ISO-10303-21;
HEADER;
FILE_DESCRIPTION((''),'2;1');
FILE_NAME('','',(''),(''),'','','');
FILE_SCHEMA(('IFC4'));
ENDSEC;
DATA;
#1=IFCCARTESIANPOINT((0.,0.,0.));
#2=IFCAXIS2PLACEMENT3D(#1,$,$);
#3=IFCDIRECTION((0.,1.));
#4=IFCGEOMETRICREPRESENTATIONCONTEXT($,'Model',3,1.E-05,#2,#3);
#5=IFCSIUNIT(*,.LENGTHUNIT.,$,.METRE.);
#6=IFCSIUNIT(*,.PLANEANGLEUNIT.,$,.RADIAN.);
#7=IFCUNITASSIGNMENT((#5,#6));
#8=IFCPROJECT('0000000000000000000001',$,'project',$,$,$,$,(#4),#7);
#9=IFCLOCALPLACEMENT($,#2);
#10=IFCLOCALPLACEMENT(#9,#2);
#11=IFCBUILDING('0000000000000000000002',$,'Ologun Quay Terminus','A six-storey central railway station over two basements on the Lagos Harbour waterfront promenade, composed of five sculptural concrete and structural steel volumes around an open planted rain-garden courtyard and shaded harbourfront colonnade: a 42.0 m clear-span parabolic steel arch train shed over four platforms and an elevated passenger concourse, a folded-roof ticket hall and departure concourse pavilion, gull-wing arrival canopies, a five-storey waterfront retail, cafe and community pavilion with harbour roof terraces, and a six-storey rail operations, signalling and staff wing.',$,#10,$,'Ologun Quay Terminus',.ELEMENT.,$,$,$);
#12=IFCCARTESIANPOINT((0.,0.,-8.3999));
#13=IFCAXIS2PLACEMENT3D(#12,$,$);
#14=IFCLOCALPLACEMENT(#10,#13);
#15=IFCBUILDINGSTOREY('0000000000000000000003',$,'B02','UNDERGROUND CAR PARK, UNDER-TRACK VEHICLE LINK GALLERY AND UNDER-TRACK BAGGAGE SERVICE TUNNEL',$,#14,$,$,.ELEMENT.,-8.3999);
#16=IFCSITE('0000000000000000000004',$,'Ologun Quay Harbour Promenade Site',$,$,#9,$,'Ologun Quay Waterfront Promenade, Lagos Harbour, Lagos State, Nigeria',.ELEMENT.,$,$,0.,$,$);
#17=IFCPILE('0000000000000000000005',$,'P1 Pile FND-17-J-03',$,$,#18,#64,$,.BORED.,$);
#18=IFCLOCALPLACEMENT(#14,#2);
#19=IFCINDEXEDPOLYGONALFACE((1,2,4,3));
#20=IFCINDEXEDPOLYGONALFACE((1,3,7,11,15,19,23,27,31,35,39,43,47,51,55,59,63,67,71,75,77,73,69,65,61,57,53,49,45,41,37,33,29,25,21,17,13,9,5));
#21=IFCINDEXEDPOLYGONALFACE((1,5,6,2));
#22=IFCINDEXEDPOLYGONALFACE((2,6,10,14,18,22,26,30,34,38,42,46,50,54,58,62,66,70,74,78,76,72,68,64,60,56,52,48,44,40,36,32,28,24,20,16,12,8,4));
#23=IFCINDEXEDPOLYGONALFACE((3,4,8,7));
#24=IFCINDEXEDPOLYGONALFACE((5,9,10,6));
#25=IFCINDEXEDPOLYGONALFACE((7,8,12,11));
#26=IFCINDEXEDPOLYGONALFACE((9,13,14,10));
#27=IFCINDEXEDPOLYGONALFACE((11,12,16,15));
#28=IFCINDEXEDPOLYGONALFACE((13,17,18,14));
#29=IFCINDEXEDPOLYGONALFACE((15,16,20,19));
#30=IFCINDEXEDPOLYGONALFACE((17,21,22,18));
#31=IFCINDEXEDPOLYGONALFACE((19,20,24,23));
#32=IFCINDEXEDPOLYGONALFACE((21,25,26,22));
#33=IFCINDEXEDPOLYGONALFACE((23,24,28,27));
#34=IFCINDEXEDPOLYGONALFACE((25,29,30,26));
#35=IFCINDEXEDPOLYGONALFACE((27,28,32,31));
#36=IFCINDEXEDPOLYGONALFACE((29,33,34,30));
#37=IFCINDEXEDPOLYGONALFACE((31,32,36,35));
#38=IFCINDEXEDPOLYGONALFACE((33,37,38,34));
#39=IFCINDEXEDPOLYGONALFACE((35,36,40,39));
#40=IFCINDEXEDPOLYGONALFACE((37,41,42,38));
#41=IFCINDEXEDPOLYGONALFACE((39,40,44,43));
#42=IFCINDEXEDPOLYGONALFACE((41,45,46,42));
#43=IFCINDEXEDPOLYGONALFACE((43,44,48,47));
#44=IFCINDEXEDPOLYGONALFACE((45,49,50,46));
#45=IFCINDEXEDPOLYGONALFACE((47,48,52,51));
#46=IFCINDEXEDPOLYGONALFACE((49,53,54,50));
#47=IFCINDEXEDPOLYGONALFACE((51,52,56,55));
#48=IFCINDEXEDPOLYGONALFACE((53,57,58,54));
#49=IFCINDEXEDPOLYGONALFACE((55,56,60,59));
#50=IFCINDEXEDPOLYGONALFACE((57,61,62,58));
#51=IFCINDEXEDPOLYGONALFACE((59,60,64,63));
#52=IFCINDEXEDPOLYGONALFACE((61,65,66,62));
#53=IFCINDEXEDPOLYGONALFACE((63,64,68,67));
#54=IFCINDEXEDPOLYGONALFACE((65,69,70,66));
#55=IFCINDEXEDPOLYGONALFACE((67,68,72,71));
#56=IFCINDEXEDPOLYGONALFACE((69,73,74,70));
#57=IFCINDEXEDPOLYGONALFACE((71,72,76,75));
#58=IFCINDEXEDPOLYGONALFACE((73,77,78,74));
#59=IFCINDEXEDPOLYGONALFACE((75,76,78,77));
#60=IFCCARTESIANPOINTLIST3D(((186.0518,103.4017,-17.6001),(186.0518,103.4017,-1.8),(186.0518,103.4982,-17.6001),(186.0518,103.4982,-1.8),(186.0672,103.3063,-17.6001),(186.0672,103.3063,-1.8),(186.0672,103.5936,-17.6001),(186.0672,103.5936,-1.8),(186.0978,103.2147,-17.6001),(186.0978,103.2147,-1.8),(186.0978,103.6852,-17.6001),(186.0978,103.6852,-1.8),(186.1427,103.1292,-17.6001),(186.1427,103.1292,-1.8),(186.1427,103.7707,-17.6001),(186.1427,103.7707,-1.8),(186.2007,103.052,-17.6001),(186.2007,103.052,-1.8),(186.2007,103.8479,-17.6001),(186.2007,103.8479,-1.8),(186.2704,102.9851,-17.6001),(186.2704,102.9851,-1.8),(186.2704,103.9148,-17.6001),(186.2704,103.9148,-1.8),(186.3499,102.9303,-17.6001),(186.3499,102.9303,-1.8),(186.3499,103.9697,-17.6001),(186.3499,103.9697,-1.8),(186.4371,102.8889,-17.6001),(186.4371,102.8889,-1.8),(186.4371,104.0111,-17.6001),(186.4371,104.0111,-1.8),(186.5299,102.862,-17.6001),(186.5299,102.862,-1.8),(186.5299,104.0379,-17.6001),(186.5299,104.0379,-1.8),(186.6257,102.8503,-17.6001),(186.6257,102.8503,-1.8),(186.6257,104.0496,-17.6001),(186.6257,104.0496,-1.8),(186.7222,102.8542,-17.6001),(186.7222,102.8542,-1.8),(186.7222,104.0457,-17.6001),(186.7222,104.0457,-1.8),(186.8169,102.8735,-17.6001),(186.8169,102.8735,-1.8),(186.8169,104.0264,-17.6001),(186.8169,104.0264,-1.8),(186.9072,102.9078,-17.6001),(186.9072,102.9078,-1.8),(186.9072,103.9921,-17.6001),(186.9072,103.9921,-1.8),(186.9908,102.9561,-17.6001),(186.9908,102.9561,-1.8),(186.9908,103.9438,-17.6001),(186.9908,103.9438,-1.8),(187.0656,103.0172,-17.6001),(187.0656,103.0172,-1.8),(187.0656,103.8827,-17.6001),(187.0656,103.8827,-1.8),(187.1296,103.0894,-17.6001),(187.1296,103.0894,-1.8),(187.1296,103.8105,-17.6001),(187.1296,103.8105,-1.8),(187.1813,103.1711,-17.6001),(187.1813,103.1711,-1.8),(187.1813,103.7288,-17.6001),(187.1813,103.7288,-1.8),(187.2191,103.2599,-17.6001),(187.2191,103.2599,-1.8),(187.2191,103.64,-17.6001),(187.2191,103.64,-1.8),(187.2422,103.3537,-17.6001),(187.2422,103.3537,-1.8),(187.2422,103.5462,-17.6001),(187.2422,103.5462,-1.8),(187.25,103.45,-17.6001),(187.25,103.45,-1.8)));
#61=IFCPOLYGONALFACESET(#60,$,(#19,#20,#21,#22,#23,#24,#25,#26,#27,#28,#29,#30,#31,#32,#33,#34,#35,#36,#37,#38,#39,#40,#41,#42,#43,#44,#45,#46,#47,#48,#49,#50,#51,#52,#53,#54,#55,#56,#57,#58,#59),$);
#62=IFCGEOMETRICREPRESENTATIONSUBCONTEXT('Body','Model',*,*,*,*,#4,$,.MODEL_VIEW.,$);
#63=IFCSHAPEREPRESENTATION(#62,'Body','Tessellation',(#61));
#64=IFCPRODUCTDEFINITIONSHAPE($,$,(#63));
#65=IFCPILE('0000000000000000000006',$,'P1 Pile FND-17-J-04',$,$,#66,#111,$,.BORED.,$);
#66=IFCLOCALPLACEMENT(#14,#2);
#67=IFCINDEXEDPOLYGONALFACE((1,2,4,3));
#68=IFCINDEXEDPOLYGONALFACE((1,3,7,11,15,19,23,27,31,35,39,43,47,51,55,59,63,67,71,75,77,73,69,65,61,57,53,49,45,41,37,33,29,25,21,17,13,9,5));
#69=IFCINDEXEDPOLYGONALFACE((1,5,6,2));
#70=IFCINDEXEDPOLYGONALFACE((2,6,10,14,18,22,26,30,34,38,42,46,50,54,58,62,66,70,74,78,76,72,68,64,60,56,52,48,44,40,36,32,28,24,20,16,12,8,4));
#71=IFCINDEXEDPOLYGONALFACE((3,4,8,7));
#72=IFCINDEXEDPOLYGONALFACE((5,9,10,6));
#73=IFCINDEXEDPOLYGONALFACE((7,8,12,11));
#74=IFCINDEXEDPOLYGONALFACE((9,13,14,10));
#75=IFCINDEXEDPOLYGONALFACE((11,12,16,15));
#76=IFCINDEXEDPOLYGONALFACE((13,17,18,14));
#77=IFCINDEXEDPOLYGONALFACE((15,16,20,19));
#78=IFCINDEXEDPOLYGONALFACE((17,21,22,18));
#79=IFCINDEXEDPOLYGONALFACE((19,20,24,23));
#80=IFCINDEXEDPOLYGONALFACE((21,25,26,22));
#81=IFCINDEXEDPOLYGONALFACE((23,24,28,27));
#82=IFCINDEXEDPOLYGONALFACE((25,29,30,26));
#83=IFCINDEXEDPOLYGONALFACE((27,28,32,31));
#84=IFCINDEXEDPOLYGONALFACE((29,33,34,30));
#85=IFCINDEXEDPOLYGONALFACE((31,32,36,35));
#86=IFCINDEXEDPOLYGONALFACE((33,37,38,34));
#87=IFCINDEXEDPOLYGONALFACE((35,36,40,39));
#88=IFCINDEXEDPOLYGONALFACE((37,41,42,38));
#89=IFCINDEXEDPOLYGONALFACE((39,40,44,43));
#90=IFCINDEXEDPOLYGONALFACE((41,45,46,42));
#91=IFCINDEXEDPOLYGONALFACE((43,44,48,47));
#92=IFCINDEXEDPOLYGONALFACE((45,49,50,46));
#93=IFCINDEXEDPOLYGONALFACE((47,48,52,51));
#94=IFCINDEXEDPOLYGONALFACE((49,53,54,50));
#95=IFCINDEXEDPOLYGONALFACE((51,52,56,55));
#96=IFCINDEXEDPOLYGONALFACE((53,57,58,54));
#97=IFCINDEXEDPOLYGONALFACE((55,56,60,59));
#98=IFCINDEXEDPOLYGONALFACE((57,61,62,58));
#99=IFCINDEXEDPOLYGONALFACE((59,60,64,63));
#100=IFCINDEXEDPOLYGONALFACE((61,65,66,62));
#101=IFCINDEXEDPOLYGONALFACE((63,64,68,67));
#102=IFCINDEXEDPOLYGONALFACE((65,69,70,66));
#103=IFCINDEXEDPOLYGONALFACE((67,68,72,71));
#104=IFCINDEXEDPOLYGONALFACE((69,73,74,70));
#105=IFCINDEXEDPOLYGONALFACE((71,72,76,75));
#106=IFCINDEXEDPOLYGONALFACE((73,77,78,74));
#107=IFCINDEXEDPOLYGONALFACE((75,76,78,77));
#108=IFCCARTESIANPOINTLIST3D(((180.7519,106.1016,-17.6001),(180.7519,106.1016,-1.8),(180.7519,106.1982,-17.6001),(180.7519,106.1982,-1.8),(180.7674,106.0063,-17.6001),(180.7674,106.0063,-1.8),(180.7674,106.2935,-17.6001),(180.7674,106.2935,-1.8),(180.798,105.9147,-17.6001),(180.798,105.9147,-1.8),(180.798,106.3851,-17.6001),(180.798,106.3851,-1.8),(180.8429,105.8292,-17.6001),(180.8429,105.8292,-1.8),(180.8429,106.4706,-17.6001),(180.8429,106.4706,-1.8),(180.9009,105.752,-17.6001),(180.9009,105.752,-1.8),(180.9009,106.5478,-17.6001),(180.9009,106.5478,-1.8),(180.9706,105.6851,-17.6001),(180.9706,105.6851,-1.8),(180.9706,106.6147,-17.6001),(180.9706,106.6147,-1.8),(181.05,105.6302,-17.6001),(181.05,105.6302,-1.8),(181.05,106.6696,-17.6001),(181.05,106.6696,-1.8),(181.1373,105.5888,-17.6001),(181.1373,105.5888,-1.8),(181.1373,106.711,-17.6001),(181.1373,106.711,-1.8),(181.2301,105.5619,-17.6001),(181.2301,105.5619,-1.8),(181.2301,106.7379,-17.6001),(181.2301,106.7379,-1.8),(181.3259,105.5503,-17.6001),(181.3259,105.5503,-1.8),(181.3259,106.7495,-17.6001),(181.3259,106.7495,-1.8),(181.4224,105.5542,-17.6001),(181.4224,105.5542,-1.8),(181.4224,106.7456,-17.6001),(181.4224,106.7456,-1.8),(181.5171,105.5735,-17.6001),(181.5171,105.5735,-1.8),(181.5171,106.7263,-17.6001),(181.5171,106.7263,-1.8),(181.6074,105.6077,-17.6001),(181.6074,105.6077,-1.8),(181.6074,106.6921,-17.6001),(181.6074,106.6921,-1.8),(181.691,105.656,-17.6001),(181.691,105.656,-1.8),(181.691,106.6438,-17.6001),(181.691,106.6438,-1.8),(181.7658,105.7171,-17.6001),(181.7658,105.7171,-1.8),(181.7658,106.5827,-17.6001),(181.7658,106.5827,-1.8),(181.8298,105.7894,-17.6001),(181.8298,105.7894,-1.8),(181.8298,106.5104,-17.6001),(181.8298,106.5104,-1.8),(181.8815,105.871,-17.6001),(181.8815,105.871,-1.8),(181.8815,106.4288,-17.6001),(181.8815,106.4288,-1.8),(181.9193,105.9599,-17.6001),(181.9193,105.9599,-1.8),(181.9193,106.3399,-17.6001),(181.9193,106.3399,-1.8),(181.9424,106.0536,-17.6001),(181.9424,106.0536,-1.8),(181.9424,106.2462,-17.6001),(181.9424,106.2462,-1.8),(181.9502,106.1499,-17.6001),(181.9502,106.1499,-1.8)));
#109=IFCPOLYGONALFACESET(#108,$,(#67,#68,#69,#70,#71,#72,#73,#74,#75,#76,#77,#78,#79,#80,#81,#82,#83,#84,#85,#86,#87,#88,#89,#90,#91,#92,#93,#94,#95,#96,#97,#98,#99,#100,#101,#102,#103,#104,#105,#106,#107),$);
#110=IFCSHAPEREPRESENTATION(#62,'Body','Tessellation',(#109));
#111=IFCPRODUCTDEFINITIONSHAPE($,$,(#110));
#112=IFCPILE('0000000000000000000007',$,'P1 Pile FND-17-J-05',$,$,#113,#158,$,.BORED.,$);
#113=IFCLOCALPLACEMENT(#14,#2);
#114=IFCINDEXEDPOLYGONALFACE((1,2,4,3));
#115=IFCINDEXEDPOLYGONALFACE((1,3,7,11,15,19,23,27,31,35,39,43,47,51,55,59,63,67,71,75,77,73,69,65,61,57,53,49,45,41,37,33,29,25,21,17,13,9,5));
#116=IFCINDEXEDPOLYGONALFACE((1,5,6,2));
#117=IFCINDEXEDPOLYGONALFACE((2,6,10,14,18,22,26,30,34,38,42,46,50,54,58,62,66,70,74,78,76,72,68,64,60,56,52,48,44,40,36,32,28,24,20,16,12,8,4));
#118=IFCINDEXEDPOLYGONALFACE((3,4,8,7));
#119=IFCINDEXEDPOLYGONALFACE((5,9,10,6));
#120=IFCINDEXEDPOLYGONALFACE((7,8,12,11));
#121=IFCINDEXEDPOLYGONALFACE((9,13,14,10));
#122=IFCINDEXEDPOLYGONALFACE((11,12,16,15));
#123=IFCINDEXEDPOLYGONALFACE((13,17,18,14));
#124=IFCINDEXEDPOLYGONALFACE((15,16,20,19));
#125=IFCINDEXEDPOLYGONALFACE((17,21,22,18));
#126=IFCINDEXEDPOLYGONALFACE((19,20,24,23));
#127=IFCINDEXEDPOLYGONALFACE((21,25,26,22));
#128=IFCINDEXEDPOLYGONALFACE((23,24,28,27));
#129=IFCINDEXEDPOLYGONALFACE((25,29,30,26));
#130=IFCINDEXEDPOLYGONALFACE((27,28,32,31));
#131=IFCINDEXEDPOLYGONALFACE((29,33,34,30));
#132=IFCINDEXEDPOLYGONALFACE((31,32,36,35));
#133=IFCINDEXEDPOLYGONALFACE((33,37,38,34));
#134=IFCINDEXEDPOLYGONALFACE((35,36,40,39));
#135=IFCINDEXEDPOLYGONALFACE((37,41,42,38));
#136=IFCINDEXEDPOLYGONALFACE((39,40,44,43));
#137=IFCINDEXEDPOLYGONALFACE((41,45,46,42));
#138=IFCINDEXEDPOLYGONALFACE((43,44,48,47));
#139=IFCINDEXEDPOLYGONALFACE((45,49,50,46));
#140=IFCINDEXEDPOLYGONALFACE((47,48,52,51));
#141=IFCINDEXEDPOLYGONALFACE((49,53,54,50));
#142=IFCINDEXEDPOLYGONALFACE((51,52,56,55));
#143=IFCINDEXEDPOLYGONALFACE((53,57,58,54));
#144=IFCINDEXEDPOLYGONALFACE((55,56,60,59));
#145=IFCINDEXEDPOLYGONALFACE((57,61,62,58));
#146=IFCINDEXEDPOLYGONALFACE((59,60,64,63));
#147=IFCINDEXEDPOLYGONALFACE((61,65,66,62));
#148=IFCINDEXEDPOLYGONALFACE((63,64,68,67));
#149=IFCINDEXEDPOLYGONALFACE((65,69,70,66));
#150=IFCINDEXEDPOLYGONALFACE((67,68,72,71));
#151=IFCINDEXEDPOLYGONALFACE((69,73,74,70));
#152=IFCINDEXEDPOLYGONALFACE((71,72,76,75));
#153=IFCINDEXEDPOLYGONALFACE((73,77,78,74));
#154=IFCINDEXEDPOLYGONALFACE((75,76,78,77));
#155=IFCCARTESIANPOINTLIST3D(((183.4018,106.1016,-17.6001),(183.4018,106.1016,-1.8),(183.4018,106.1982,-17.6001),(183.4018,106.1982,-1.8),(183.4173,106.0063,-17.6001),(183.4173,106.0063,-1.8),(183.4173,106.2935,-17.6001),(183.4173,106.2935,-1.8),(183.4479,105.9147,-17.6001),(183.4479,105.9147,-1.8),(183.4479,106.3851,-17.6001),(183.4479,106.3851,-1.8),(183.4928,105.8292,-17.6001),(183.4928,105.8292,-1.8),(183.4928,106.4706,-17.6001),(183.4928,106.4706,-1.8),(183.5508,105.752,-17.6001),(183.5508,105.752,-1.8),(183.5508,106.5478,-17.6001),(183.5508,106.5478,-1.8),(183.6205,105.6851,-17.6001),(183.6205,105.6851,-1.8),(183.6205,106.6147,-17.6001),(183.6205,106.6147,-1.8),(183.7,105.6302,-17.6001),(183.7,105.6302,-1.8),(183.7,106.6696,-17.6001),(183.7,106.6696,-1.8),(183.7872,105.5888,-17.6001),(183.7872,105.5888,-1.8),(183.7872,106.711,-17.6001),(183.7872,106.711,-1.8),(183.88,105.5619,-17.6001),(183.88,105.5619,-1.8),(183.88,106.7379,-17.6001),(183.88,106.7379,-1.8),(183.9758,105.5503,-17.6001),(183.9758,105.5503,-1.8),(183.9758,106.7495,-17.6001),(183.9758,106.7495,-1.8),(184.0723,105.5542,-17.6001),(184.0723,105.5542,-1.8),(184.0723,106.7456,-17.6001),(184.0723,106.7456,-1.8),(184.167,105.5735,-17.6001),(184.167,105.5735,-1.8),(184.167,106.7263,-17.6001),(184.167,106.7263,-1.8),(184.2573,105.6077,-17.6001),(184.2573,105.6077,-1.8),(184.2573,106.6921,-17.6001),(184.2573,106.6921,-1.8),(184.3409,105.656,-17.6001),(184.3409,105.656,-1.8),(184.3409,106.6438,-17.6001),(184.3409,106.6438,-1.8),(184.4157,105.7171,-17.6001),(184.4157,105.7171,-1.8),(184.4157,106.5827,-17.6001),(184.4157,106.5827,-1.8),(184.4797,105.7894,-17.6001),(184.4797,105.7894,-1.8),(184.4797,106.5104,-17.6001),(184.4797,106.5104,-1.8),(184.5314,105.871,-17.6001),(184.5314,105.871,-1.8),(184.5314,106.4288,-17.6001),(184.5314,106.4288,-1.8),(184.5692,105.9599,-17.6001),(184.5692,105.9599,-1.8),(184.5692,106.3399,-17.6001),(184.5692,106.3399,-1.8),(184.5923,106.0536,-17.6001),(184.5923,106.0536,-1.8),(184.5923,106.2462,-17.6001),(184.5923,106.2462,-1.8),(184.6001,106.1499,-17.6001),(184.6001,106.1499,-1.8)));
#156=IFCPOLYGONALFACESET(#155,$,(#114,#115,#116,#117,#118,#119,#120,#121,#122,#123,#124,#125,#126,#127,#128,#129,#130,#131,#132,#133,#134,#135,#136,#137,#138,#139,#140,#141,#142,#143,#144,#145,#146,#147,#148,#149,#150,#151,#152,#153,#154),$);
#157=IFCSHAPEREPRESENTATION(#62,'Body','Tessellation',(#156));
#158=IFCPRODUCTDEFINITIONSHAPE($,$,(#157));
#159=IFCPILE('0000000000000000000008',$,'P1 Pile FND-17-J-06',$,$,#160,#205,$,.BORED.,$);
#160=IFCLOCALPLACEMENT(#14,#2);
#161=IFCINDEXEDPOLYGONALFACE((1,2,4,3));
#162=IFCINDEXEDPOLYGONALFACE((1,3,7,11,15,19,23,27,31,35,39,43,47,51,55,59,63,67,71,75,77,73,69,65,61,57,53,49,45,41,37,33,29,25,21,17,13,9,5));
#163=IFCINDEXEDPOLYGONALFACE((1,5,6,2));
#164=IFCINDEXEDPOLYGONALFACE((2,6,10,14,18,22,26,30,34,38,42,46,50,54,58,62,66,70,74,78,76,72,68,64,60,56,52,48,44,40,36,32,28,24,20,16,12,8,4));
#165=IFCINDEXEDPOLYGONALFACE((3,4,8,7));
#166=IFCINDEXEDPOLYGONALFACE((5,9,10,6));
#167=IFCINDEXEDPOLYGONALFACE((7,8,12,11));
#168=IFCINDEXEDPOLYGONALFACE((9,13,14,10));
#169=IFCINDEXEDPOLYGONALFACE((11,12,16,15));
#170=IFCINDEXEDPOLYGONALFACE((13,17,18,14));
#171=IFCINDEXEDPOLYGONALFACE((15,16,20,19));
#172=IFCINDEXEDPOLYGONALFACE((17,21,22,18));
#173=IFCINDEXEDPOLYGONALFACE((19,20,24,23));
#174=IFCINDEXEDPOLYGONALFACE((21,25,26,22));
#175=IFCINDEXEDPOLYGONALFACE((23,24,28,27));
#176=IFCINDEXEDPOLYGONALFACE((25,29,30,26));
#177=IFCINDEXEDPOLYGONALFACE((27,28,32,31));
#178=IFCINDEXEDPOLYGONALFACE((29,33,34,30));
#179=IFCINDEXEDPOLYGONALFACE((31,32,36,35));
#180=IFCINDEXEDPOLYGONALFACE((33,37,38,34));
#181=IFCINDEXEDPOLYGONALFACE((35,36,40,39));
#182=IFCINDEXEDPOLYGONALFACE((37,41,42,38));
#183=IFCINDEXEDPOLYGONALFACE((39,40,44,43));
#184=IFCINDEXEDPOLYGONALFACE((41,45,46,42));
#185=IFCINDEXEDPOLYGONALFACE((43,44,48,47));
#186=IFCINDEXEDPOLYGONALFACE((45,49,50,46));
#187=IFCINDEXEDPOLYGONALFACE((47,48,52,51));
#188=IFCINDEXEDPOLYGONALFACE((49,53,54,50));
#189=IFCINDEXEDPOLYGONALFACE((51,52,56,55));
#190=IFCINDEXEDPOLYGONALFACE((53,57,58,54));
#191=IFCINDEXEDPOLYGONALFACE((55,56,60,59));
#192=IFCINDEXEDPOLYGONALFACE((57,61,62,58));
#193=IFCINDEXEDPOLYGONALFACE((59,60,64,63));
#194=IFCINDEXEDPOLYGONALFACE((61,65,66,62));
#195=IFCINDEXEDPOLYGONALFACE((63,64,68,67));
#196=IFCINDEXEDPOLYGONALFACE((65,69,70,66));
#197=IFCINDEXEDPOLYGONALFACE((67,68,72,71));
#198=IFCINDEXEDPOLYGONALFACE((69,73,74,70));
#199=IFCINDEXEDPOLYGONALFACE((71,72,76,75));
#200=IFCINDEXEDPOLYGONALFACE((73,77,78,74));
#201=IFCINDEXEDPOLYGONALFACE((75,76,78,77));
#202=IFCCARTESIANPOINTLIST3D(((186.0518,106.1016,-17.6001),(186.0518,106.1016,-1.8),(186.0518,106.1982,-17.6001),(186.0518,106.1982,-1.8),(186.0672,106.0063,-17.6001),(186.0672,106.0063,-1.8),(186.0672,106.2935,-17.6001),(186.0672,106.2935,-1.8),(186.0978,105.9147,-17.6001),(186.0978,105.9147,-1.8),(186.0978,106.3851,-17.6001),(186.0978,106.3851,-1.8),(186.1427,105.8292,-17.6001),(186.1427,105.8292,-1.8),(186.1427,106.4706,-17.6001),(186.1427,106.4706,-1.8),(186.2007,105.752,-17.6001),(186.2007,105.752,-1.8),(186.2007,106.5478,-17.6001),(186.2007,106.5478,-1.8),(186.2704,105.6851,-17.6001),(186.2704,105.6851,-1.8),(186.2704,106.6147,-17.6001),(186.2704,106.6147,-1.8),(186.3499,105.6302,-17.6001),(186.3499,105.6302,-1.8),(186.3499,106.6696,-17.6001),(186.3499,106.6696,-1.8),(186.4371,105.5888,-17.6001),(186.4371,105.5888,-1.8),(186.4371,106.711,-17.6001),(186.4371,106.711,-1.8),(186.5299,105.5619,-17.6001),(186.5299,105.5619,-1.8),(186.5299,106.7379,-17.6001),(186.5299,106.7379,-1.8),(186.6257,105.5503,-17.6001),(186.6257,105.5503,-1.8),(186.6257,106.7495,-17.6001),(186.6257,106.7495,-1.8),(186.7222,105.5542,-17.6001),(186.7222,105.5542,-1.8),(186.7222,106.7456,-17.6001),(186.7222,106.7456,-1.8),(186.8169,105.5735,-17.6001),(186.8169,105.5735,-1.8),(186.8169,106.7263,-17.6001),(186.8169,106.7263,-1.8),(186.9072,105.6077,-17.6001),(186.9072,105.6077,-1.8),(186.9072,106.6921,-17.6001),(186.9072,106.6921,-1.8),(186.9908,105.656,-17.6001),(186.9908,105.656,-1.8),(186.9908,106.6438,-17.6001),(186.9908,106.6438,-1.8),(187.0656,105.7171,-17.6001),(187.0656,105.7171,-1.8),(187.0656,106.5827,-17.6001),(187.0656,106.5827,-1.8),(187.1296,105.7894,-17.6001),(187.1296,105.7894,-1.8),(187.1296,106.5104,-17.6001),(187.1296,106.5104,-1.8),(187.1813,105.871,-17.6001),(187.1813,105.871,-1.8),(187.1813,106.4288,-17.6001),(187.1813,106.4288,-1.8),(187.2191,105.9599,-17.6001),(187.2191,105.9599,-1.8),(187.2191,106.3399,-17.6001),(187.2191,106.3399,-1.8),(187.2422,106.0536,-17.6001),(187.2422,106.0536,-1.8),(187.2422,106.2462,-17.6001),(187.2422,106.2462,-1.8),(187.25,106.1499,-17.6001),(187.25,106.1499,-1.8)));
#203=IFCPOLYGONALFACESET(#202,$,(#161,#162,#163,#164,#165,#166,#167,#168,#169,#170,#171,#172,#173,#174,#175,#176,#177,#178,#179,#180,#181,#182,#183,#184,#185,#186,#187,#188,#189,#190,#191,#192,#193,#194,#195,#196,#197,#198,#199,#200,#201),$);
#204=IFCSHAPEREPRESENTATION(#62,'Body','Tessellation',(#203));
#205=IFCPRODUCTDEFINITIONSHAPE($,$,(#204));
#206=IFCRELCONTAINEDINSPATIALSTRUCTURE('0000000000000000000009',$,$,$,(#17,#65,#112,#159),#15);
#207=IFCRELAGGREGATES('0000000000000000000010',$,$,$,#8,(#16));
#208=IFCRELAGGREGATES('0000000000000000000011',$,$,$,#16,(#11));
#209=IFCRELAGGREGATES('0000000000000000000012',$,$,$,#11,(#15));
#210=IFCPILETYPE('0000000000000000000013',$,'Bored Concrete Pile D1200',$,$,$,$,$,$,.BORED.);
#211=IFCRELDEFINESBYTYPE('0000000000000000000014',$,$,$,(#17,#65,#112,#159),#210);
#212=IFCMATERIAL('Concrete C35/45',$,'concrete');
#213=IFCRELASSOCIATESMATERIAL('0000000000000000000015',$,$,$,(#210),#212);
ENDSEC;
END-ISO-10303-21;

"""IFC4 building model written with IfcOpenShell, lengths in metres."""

from ifc_helpers import new_model, si_unit, direction, frame, origin, origin_2d, place, context, subcontext, project, spatial, circle, extrude, material, material_profile, profile_set, type_object, element, save


model = new_model("IFC4")

# Units and contexts
model_context = context("Model", 3, precision=1e-05, world=origin(), true_north=direction((0.0, 1.0)))
body_context = subcontext(model_context, "Body", "Model", "MODEL_VIEW")
ifc_project = project(units=[si_unit("LENGTHUNIT", "METRE"), si_unit("PLANEANGLEUNIT", "RADIAN")], contexts=[model_context])

# Site, building, storey
site_placement = place(None, origin())
site = spatial("IfcSite", under=ifc_project, at=site_placement, Name="Ologun Quay Harbour Promenade Site", LongName="Ologun Quay Waterfront Promenade, Lagos Harbour, Lagos State, Nigeria", CompositionType="ELEMENT", RefElevation=0.0)
building_placement = place(site_placement, origin())
building = spatial("IfcBuilding", under=site, at=building_placement, Name="Ologun Quay Terminus", Description="A six-storey central railway station over two basements on the Lagos Harbour waterfront promenade, composed of five sculptural concrete and structural steel volumes around an open planted rain-garden courtyard and shaded harbourfront colonnade: a 42.0 m clear-span parabolic steel arch train shed over four platforms and an elevated passenger concourse, a folded-roof ticket hall and departure concourse pavilion, gull-wing arrival canopies, a five-storey waterfront retail, cafe and community pavilion with harbour roof terraces, and a six-storey rail operations, signalling and staff wing.", LongName="Ologun Quay Terminus", CompositionType="ELEMENT")
storey_placement = place(building_placement, frame((0.0, 0.0, -8.3999)))
storey = spatial("IfcBuildingStorey", under=building, at=storey_placement, Name="B02", Description="UNDERGROUND CAR PARK, UNDER-TRACK VEHICLE LINK GALLERY AND UNDER-TRACK BAGGAGE SERVICE TUNNEL", CompositionType="ELEMENT", Elevation=-8.3999)

# Piles
ifc_material_1 = material(Name="Concrete C35/45", Category="concrete")
ifc_material_profile_1 = material_profile(ifc_material_1, circle(Radius=0.6001, at=origin_2d()), Name="PILE D1200")
ifc_profile_set_1 = profile_set([ifc_material_profile_1], Name="Concrete C35/45")
pile_type = type_object("IfcPileType", Name="Bored Concrete Pile D1200", PredefinedType="BORED", material=ifc_profile_set_1)
for number, where, z_axis, x_axis, name in (
    (1, (186.6499, 103.45, -1.8), (0.0, 0.0, -1.0), (1.0, 0.0, 0.0), "P1 Pile FND-17-J-03"),
    (2, (181.3501, 106.1499, -1.8), (0.0, 0.0, -1.0), (1.0, 0.0, 0.0), "P1 Pile FND-17-J-04"),
    (3, (184.0, 106.1499, -1.8), (0.0, 0.0, -1.0), (1.0, 0.0, 0.0), "P1 Pile FND-17-J-05"),
    (4, (186.6499, 106.1499, -1.8), (0.0, 0.0, -1.0), (1.0, 0.0, 0.0), "P1 Pile FND-17-J-06"),
):
    element("IfcPile", number, at=place(storey_placement, frame(where, z_axis=z_axis, x_axis=x_axis)), inside=storey, type_object=pile_type, Name=name, PredefinedType="BORED", context=body_context, shape_type="SweptSolid", body=[
        extrude(circle(Radius=0.6001, at=origin_2d()), origin(), (0.0, 0.0, 1.0), 15.8),
    ])

save(model, "model.ifc")
